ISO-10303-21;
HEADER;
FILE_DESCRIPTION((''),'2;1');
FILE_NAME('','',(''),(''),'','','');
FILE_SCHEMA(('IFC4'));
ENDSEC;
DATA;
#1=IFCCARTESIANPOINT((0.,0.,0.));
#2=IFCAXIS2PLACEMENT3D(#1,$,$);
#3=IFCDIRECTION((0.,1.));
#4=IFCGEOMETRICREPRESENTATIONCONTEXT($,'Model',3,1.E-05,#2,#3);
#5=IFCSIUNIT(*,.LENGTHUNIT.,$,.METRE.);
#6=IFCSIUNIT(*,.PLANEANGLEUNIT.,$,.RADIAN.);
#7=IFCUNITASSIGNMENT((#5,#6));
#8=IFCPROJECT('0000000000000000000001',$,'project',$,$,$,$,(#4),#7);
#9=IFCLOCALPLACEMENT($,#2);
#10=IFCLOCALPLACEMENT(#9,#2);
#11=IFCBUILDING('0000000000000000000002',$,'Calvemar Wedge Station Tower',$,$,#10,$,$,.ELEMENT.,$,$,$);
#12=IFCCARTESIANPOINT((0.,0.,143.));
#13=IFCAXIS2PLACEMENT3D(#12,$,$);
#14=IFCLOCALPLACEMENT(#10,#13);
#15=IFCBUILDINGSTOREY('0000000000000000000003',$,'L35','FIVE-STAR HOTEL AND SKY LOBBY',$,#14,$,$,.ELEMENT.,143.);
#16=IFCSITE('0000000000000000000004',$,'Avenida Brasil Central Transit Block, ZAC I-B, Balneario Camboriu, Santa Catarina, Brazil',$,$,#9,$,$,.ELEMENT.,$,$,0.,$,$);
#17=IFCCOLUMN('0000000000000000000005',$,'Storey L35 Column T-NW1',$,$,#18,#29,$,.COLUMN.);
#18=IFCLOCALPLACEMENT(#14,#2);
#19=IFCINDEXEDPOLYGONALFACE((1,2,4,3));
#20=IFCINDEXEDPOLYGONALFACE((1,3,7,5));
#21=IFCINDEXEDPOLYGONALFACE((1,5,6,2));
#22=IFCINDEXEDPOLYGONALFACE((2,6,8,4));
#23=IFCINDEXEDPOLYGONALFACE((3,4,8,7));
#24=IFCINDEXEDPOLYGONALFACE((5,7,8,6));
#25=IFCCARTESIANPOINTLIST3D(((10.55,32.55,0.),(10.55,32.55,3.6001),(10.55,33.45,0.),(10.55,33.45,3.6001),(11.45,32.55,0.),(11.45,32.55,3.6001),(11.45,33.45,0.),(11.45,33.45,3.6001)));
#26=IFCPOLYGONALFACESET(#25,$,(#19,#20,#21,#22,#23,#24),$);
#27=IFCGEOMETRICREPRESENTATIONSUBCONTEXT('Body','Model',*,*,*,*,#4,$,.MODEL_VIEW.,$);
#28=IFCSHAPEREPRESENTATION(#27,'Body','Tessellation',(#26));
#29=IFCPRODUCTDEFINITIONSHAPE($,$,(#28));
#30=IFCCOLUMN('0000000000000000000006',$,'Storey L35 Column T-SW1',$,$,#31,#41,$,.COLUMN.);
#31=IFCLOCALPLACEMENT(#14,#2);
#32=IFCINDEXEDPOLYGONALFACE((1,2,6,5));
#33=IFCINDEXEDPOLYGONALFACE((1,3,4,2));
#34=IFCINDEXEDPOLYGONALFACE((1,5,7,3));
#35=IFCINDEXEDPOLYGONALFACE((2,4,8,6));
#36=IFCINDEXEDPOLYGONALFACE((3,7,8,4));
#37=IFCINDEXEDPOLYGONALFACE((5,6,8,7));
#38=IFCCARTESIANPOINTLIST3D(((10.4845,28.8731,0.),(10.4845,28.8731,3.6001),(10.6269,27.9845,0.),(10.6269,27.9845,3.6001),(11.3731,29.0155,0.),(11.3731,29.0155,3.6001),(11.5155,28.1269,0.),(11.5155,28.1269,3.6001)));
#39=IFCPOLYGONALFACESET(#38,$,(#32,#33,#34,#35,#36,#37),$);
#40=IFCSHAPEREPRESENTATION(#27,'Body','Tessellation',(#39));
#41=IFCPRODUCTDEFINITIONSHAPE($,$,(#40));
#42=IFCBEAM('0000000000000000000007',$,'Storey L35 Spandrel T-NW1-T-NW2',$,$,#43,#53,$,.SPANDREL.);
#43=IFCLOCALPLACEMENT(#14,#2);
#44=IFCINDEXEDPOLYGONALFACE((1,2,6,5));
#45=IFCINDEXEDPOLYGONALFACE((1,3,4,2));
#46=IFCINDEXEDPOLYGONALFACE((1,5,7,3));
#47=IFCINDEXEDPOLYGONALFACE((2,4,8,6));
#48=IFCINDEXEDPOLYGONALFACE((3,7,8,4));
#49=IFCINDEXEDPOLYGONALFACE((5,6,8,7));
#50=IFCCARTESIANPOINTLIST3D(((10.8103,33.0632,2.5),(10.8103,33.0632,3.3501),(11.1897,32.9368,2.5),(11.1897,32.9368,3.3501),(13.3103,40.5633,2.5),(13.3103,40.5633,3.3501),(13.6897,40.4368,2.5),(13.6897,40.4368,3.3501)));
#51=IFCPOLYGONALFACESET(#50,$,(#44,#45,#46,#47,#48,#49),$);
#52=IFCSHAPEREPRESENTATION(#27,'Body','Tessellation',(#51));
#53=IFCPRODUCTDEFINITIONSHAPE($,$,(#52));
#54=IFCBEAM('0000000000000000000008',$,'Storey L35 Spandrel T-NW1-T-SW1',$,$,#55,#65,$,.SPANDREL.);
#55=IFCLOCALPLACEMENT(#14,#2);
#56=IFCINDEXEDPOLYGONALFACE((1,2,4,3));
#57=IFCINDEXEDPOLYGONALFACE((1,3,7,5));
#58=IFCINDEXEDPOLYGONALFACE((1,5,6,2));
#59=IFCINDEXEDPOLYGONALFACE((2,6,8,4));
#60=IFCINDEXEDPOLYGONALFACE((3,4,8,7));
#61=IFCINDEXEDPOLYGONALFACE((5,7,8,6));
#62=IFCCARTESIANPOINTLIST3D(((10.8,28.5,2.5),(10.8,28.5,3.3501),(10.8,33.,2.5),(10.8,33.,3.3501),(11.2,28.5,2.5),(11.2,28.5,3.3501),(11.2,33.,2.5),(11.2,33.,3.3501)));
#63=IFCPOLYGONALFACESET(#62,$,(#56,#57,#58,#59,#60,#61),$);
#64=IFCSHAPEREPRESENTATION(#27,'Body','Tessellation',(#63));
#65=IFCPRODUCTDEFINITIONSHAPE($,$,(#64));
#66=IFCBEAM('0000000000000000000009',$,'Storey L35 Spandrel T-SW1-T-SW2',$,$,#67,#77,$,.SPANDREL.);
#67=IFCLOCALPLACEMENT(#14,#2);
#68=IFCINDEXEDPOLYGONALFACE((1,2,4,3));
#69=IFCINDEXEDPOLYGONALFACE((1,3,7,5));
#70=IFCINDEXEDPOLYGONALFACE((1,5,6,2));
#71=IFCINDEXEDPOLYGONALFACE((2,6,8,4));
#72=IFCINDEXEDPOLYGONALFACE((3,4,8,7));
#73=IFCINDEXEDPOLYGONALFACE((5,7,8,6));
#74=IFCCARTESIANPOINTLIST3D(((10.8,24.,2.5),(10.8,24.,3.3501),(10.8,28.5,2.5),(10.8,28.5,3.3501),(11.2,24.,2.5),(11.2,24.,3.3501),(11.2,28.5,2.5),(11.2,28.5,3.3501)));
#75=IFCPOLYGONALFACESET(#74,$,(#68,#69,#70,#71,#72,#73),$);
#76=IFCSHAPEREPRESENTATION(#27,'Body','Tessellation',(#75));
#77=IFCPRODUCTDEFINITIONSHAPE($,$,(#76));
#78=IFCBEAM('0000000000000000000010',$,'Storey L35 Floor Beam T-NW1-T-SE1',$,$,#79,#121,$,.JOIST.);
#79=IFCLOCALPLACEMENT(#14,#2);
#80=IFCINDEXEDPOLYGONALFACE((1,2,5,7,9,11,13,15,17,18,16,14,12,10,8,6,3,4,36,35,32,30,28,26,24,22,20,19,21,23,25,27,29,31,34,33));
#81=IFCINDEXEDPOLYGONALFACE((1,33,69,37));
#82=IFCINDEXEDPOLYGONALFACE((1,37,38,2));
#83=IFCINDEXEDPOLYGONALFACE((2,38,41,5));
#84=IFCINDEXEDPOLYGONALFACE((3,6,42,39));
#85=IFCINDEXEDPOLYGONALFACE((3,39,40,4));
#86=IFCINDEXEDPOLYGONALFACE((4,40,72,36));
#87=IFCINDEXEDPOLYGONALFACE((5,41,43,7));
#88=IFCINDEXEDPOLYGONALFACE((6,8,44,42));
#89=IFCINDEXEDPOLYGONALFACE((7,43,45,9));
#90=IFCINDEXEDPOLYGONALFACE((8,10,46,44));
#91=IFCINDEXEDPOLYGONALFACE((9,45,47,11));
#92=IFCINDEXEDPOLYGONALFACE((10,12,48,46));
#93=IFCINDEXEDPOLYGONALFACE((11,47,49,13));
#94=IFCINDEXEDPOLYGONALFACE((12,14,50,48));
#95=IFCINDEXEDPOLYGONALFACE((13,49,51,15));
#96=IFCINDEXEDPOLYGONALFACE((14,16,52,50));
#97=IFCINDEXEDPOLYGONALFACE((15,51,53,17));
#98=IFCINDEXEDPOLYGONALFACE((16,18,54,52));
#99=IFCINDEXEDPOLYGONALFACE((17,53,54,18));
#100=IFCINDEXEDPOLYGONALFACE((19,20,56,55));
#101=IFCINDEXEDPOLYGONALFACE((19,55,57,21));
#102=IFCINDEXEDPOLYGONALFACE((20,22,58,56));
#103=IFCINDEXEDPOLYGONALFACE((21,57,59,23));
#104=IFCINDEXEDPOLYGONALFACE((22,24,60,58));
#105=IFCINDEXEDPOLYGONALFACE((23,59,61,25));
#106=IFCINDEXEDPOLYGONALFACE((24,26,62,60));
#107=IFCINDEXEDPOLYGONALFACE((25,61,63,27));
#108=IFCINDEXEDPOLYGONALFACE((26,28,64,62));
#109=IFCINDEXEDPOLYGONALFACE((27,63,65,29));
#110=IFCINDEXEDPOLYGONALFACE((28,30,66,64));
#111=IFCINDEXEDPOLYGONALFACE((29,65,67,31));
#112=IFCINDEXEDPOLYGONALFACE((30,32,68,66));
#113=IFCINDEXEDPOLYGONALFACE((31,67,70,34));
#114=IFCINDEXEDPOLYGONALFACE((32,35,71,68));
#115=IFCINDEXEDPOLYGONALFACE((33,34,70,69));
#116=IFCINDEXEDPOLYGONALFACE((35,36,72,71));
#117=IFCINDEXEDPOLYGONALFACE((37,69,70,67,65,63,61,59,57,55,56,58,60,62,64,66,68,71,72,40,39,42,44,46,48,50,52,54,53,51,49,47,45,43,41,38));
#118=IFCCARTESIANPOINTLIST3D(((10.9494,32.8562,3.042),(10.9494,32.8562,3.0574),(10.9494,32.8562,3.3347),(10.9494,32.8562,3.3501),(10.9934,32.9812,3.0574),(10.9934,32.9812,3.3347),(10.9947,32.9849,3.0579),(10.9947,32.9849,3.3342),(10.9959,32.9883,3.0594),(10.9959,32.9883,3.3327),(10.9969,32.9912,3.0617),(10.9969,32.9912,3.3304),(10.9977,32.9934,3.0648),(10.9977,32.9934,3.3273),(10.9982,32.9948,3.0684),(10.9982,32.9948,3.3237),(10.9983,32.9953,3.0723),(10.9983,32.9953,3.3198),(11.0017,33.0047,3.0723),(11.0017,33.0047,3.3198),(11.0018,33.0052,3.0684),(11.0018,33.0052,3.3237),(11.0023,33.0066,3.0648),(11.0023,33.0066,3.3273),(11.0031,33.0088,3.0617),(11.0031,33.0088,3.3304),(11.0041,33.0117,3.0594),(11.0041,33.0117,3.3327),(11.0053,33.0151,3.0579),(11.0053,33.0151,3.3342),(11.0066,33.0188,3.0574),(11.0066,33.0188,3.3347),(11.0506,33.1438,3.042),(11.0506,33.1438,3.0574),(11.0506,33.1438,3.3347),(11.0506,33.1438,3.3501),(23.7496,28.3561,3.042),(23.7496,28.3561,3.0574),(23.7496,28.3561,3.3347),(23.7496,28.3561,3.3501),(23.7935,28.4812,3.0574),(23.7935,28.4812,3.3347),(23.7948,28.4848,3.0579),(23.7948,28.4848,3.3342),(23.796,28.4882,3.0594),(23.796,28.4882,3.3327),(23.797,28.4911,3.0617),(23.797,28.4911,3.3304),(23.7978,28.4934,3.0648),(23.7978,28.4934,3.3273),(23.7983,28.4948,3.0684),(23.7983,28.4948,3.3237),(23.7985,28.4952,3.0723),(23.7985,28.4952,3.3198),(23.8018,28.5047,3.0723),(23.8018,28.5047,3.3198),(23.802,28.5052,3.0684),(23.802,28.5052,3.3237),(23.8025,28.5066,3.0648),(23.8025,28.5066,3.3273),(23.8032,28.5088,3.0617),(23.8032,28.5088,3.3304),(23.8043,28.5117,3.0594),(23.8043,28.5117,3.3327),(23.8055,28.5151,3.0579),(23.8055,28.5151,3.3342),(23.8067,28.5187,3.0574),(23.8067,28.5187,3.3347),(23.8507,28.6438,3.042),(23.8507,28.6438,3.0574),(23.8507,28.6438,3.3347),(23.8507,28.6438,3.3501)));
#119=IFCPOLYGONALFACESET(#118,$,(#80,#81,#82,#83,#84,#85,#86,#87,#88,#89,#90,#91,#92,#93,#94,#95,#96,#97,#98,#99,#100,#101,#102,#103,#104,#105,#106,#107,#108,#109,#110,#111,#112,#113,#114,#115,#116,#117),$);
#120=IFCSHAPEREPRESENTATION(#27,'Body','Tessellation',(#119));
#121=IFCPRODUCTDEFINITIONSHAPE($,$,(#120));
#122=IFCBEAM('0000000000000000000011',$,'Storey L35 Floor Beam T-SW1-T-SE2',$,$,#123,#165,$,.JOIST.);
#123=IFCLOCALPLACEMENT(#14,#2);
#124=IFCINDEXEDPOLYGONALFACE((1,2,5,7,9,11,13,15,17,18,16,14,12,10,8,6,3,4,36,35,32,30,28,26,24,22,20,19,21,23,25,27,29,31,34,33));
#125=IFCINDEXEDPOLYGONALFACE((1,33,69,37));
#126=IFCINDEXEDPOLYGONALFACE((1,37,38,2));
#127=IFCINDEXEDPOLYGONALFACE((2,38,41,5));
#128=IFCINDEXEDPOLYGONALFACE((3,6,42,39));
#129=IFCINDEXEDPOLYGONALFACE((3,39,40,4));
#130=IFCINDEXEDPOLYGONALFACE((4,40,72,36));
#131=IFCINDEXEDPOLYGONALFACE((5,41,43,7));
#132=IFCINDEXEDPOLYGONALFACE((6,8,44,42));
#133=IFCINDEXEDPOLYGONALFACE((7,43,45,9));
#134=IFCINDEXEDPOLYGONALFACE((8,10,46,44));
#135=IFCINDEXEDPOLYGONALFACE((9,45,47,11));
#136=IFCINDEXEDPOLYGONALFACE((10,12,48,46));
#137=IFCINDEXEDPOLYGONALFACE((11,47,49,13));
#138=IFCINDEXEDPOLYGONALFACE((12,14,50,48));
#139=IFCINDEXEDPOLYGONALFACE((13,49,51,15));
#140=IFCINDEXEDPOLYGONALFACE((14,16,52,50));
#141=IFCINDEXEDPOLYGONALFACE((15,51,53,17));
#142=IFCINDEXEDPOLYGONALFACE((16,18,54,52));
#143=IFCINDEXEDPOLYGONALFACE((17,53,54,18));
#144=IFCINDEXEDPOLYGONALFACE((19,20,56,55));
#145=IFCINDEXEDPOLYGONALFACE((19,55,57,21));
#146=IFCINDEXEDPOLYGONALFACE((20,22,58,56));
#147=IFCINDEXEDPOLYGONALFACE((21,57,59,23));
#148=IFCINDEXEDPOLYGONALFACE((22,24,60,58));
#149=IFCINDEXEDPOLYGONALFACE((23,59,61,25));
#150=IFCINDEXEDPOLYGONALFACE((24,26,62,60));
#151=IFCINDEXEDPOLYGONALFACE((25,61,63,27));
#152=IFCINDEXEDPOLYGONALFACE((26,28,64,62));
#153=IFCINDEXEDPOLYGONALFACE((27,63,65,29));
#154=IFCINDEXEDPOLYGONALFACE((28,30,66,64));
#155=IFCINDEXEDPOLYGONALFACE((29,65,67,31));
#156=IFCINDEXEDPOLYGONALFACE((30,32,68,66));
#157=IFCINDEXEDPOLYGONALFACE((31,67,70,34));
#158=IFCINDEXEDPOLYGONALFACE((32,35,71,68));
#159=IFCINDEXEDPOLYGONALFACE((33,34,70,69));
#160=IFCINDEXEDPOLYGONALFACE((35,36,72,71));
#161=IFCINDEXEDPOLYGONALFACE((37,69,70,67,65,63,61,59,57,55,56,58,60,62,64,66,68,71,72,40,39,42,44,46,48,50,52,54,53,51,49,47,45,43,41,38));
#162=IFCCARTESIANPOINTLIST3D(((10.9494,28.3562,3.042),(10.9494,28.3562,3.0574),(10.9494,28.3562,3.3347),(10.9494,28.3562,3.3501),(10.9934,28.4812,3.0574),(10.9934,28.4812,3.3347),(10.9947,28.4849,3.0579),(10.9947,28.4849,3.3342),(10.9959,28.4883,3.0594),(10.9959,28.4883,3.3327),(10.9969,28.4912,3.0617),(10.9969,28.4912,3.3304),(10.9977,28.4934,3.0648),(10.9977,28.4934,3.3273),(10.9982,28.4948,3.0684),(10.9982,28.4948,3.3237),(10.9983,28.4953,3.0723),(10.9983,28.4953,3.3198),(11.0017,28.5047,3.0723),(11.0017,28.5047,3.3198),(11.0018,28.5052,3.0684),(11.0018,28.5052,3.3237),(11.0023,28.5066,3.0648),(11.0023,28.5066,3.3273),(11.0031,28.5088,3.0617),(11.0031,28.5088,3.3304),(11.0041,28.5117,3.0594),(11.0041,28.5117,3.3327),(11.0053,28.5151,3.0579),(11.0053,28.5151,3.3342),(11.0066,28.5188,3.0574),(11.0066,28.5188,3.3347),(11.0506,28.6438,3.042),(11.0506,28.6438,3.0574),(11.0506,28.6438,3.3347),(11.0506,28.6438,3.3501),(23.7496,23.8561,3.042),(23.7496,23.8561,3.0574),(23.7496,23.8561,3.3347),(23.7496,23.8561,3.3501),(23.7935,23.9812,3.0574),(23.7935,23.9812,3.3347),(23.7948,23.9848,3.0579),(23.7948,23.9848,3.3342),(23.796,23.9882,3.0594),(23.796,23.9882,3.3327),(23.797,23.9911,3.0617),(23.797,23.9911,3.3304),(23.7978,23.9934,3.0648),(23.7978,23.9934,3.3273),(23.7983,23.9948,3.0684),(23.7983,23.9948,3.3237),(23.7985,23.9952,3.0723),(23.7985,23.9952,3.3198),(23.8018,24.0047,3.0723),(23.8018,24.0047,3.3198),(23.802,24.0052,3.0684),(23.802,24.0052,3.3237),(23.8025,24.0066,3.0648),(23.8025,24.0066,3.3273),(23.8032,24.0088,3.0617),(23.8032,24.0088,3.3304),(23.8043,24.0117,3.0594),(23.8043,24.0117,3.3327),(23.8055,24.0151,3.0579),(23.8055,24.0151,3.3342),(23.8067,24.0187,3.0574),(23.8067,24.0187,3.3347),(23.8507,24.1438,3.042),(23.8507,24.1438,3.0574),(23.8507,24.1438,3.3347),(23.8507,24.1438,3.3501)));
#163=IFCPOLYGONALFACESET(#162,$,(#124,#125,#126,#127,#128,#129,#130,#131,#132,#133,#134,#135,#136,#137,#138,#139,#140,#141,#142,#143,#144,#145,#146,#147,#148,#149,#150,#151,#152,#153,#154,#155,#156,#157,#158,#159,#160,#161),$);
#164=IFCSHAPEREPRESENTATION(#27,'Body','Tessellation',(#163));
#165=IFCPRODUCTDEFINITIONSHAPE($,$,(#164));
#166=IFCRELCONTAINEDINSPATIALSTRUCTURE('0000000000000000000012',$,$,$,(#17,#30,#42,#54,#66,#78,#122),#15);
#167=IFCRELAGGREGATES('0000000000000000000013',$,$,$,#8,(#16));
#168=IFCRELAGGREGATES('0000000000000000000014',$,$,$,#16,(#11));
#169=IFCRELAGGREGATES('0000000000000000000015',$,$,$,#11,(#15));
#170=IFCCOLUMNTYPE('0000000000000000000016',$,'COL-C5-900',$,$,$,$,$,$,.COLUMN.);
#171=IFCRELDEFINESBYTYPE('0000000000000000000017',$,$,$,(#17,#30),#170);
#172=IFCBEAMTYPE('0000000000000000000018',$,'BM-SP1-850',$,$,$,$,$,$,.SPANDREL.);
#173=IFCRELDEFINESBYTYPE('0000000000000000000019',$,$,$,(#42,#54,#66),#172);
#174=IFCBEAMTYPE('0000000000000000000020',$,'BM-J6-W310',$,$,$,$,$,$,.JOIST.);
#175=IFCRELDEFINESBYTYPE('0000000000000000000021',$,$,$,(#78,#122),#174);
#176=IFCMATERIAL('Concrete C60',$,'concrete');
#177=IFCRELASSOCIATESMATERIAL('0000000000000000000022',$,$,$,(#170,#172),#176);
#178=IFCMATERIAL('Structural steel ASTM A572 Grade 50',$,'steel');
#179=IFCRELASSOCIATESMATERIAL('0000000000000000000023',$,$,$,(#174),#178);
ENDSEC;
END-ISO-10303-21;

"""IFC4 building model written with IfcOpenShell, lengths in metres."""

from ifc_helpers import new_model, si_unit, direction, frame, origin, origin_2d, place, context, subcontext, project, spatial, rectangle, i_section, extrude, source, transform, mapped, material, material_profile, profile_set, type_object, element, save


model = new_model("IFC4")

# Units and contexts
model_context = context("Model", 3, precision=1e-05, world=origin(), true_north=direction((0.0, 1.0)))
body_context = subcontext(model_context, "Body", "Model", "MODEL_VIEW")
ifc_project = project(units=[si_unit("LENGTHUNIT", "METRE"), si_unit("PLANEANGLEUNIT", "RADIAN")], contexts=[model_context])

# Site, building, storey
site_placement = place(None, origin())
site = spatial("IfcSite", under=ifc_project, at=site_placement, Name="Avenida Brasil Central Transit Block, ZAC I-B, Balneario Camboriu, Santa Catarina, Brazil", CompositionType="ELEMENT", RefElevation=0.0)
building_placement = place(site_placement, origin())
building = spatial("IfcBuilding", under=site, at=building_placement, Name="Calvemar Wedge Station Tower", CompositionType="ELEMENT")
storey_placement = place(building_placement, frame((0.0, 0.0, 143.0)))
storey = spatial("IfcBuildingStorey", under=building, at=storey_placement, Name="L35", Description="FIVE-STAR HOTEL AND SKY LOBBY", CompositionType="ELEMENT", Elevation=143.0)

# Columns
ifc_material_1 = material(Name="Concrete C60", Category="concrete")
ifc_material_profile_1 = material_profile(ifc_material_1, rectangle(XDim=0.8999, YDim=0.8999, at=origin_2d()), Name="RC900x900")
ifc_profile_set_1 = profile_set([ifc_material_profile_1], Name="Concrete C60")
column_type = type_object("IfcColumnType", Name="COL-C5-900", PredefinedType="COLUMN", material=ifc_profile_set_1)
shared_shape_1 = source(origin(), body_context, "Body", "SweptSolid", [
    extrude(rectangle(XDim=0.8999, YDim=0.8999, at=origin_2d()), origin(), (0.0, 0.0, 1.0), 3.6001),
])
for number, where, z_axis, x_axis, name in (
    (1, (11.0, 33.0, 0.0), (0.0, 0.0, 1.0), (1.0, 0.0, 0.0), "Storey L35 Column T-NW1"),
    (2, (11.0, 28.5, 0.0), (0.0, 0.0, 1.0), (0.158158, -0.987414, 0.0), "Storey L35 Column T-SW1"),
):
    element("IfcColumn", number, at=place(storey_placement, frame(where, z_axis=z_axis, x_axis=x_axis)), inside=storey, type_object=column_type, Name=name, PredefinedType="COLUMN", context=body_context, shape_type="MappedRepresentation", body=[
        mapped(shared_shape_1, transform((0.0, 0.0, 0.0), scale=1.0)),
    ])

# Beams
ifc_material_profile_2 = material_profile(ifc_material_1, rectangle(XDim=0.3999, YDim=0.8501, at=origin_2d()), Name="RC400x850")
ifc_profile_set_2 = profile_set([ifc_material_profile_2], Name="Concrete C60")
beam_type_1 = type_object("IfcBeamType", Name="BM-SP1-850", PredefinedType="SPANDREL", material=ifc_profile_set_2)
shared_shape_2 = source(origin(), body_context, "Body", "SweptSolid", [
    extrude(rectangle(XDim=0.3999, YDim=0.8501, at=origin_2d()), origin(), (0.0, 0.0, 1.0), 7.9058),
])
beam_1_placement = place(storey_placement, frame((11.0, 33.0, 2.925), z_axis=(0.316228, 0.948683, 0.0), x_axis=(-0.948683, 0.316228, 0.0)))
element("IfcBeam", 3, at=beam_1_placement, inside=storey, type_object=beam_type_1, Name="Storey L35 Spandrel T-NW1-T-NW2", PredefinedType="SPANDREL", context=body_context, shape_type="MappedRepresentation", body=[
    mapped(shared_shape_2, transform((0.0, 0.0, 0.0), scale=1.0)),
])
shared_shape_3 = source(origin(), body_context, "Body", "SweptSolid", [
    extrude(rectangle(XDim=0.3999, YDim=0.8501, at=origin_2d()), origin(), (0.0, 0.0, 1.0), 4.5),
])
for number, where, z_axis, x_axis, name in (
    (4, (11.0, 33.0, 2.925), (0.0, -1.0, 0.0), (1.0, 0.0, 0.0), "Storey L35 Spandrel T-NW1-T-SW1"),
    (5, (11.0, 28.5, 2.925), (0.0, -1.0, 0.0), (1.0, 0.0, 0.0), "Storey L35 Spandrel T-SW1-T-SW2"),
):
    element("IfcBeam", number, at=place(storey_placement, frame(where, z_axis=z_axis, x_axis=x_axis)), inside=storey, type_object=beam_type_1, Name=name, PredefinedType="SPANDREL", context=body_context, shape_type="MappedRepresentation", body=[
        mapped(shared_shape_3, transform((0.0, 0.0, 0.0), scale=1.0)),
    ])
ifc_material_2 = material(Name="Structural steel ASTM A572 Grade 50", Category="steel")
ifc_material_profile_3 = material_profile(ifc_material_2, i_section(OverallWidth=0.3049, OverallDepth=0.3081, WebThickness=0.01, FlangeThickness=0.0154, FilletRadius=0.0149, at=origin_2d()), Name="W310x97")
ifc_profile_set_3 = profile_set([ifc_material_profile_3], Name="Structural steel ASTM A572 Grade 50")
beam_type_2 = type_object("IfcBeamType", Name="BM-J6-W310", PredefinedType="JOIST", material=ifc_profile_set_3)
shared_shape_4 = source(origin(), body_context, "Body", "SweptSolid", [
    extrude(i_section(OverallWidth=0.3049, OverallDepth=0.3081, WebThickness=0.01, FlangeThickness=0.0154, FilletRadius=0.0149, at=origin_2d()), origin(), (0.0, 0.0, 1.0), 13.5681),
])
for number, where, z_axis, x_axis, name in (
    (6, (11.0, 33.0, 3.196), (0.943398, -0.331662, 0.0), (0.331662, 0.943398, 0.0), "Storey L35 Floor Beam T-NW1-T-SE1"),
    (7, (11.0, 28.5, 3.196), (0.943398, -0.331662, 0.0), (0.331662, 0.943398, 0.0), "Storey L35 Floor Beam T-SW1-T-SE2"),
):
    element("IfcBeam", number, at=place(storey_placement, frame(where, z_axis=z_axis, x_axis=x_axis)), inside=storey, type_object=beam_type_2, Name=name, PredefinedType="JOIST", context=body_context, shape_type="MappedRepresentation", body=[
        mapped(shared_shape_4, transform((0.0, 0.0, 0.0), scale=1.0)),
    ])

save(model, "model.ifc")
